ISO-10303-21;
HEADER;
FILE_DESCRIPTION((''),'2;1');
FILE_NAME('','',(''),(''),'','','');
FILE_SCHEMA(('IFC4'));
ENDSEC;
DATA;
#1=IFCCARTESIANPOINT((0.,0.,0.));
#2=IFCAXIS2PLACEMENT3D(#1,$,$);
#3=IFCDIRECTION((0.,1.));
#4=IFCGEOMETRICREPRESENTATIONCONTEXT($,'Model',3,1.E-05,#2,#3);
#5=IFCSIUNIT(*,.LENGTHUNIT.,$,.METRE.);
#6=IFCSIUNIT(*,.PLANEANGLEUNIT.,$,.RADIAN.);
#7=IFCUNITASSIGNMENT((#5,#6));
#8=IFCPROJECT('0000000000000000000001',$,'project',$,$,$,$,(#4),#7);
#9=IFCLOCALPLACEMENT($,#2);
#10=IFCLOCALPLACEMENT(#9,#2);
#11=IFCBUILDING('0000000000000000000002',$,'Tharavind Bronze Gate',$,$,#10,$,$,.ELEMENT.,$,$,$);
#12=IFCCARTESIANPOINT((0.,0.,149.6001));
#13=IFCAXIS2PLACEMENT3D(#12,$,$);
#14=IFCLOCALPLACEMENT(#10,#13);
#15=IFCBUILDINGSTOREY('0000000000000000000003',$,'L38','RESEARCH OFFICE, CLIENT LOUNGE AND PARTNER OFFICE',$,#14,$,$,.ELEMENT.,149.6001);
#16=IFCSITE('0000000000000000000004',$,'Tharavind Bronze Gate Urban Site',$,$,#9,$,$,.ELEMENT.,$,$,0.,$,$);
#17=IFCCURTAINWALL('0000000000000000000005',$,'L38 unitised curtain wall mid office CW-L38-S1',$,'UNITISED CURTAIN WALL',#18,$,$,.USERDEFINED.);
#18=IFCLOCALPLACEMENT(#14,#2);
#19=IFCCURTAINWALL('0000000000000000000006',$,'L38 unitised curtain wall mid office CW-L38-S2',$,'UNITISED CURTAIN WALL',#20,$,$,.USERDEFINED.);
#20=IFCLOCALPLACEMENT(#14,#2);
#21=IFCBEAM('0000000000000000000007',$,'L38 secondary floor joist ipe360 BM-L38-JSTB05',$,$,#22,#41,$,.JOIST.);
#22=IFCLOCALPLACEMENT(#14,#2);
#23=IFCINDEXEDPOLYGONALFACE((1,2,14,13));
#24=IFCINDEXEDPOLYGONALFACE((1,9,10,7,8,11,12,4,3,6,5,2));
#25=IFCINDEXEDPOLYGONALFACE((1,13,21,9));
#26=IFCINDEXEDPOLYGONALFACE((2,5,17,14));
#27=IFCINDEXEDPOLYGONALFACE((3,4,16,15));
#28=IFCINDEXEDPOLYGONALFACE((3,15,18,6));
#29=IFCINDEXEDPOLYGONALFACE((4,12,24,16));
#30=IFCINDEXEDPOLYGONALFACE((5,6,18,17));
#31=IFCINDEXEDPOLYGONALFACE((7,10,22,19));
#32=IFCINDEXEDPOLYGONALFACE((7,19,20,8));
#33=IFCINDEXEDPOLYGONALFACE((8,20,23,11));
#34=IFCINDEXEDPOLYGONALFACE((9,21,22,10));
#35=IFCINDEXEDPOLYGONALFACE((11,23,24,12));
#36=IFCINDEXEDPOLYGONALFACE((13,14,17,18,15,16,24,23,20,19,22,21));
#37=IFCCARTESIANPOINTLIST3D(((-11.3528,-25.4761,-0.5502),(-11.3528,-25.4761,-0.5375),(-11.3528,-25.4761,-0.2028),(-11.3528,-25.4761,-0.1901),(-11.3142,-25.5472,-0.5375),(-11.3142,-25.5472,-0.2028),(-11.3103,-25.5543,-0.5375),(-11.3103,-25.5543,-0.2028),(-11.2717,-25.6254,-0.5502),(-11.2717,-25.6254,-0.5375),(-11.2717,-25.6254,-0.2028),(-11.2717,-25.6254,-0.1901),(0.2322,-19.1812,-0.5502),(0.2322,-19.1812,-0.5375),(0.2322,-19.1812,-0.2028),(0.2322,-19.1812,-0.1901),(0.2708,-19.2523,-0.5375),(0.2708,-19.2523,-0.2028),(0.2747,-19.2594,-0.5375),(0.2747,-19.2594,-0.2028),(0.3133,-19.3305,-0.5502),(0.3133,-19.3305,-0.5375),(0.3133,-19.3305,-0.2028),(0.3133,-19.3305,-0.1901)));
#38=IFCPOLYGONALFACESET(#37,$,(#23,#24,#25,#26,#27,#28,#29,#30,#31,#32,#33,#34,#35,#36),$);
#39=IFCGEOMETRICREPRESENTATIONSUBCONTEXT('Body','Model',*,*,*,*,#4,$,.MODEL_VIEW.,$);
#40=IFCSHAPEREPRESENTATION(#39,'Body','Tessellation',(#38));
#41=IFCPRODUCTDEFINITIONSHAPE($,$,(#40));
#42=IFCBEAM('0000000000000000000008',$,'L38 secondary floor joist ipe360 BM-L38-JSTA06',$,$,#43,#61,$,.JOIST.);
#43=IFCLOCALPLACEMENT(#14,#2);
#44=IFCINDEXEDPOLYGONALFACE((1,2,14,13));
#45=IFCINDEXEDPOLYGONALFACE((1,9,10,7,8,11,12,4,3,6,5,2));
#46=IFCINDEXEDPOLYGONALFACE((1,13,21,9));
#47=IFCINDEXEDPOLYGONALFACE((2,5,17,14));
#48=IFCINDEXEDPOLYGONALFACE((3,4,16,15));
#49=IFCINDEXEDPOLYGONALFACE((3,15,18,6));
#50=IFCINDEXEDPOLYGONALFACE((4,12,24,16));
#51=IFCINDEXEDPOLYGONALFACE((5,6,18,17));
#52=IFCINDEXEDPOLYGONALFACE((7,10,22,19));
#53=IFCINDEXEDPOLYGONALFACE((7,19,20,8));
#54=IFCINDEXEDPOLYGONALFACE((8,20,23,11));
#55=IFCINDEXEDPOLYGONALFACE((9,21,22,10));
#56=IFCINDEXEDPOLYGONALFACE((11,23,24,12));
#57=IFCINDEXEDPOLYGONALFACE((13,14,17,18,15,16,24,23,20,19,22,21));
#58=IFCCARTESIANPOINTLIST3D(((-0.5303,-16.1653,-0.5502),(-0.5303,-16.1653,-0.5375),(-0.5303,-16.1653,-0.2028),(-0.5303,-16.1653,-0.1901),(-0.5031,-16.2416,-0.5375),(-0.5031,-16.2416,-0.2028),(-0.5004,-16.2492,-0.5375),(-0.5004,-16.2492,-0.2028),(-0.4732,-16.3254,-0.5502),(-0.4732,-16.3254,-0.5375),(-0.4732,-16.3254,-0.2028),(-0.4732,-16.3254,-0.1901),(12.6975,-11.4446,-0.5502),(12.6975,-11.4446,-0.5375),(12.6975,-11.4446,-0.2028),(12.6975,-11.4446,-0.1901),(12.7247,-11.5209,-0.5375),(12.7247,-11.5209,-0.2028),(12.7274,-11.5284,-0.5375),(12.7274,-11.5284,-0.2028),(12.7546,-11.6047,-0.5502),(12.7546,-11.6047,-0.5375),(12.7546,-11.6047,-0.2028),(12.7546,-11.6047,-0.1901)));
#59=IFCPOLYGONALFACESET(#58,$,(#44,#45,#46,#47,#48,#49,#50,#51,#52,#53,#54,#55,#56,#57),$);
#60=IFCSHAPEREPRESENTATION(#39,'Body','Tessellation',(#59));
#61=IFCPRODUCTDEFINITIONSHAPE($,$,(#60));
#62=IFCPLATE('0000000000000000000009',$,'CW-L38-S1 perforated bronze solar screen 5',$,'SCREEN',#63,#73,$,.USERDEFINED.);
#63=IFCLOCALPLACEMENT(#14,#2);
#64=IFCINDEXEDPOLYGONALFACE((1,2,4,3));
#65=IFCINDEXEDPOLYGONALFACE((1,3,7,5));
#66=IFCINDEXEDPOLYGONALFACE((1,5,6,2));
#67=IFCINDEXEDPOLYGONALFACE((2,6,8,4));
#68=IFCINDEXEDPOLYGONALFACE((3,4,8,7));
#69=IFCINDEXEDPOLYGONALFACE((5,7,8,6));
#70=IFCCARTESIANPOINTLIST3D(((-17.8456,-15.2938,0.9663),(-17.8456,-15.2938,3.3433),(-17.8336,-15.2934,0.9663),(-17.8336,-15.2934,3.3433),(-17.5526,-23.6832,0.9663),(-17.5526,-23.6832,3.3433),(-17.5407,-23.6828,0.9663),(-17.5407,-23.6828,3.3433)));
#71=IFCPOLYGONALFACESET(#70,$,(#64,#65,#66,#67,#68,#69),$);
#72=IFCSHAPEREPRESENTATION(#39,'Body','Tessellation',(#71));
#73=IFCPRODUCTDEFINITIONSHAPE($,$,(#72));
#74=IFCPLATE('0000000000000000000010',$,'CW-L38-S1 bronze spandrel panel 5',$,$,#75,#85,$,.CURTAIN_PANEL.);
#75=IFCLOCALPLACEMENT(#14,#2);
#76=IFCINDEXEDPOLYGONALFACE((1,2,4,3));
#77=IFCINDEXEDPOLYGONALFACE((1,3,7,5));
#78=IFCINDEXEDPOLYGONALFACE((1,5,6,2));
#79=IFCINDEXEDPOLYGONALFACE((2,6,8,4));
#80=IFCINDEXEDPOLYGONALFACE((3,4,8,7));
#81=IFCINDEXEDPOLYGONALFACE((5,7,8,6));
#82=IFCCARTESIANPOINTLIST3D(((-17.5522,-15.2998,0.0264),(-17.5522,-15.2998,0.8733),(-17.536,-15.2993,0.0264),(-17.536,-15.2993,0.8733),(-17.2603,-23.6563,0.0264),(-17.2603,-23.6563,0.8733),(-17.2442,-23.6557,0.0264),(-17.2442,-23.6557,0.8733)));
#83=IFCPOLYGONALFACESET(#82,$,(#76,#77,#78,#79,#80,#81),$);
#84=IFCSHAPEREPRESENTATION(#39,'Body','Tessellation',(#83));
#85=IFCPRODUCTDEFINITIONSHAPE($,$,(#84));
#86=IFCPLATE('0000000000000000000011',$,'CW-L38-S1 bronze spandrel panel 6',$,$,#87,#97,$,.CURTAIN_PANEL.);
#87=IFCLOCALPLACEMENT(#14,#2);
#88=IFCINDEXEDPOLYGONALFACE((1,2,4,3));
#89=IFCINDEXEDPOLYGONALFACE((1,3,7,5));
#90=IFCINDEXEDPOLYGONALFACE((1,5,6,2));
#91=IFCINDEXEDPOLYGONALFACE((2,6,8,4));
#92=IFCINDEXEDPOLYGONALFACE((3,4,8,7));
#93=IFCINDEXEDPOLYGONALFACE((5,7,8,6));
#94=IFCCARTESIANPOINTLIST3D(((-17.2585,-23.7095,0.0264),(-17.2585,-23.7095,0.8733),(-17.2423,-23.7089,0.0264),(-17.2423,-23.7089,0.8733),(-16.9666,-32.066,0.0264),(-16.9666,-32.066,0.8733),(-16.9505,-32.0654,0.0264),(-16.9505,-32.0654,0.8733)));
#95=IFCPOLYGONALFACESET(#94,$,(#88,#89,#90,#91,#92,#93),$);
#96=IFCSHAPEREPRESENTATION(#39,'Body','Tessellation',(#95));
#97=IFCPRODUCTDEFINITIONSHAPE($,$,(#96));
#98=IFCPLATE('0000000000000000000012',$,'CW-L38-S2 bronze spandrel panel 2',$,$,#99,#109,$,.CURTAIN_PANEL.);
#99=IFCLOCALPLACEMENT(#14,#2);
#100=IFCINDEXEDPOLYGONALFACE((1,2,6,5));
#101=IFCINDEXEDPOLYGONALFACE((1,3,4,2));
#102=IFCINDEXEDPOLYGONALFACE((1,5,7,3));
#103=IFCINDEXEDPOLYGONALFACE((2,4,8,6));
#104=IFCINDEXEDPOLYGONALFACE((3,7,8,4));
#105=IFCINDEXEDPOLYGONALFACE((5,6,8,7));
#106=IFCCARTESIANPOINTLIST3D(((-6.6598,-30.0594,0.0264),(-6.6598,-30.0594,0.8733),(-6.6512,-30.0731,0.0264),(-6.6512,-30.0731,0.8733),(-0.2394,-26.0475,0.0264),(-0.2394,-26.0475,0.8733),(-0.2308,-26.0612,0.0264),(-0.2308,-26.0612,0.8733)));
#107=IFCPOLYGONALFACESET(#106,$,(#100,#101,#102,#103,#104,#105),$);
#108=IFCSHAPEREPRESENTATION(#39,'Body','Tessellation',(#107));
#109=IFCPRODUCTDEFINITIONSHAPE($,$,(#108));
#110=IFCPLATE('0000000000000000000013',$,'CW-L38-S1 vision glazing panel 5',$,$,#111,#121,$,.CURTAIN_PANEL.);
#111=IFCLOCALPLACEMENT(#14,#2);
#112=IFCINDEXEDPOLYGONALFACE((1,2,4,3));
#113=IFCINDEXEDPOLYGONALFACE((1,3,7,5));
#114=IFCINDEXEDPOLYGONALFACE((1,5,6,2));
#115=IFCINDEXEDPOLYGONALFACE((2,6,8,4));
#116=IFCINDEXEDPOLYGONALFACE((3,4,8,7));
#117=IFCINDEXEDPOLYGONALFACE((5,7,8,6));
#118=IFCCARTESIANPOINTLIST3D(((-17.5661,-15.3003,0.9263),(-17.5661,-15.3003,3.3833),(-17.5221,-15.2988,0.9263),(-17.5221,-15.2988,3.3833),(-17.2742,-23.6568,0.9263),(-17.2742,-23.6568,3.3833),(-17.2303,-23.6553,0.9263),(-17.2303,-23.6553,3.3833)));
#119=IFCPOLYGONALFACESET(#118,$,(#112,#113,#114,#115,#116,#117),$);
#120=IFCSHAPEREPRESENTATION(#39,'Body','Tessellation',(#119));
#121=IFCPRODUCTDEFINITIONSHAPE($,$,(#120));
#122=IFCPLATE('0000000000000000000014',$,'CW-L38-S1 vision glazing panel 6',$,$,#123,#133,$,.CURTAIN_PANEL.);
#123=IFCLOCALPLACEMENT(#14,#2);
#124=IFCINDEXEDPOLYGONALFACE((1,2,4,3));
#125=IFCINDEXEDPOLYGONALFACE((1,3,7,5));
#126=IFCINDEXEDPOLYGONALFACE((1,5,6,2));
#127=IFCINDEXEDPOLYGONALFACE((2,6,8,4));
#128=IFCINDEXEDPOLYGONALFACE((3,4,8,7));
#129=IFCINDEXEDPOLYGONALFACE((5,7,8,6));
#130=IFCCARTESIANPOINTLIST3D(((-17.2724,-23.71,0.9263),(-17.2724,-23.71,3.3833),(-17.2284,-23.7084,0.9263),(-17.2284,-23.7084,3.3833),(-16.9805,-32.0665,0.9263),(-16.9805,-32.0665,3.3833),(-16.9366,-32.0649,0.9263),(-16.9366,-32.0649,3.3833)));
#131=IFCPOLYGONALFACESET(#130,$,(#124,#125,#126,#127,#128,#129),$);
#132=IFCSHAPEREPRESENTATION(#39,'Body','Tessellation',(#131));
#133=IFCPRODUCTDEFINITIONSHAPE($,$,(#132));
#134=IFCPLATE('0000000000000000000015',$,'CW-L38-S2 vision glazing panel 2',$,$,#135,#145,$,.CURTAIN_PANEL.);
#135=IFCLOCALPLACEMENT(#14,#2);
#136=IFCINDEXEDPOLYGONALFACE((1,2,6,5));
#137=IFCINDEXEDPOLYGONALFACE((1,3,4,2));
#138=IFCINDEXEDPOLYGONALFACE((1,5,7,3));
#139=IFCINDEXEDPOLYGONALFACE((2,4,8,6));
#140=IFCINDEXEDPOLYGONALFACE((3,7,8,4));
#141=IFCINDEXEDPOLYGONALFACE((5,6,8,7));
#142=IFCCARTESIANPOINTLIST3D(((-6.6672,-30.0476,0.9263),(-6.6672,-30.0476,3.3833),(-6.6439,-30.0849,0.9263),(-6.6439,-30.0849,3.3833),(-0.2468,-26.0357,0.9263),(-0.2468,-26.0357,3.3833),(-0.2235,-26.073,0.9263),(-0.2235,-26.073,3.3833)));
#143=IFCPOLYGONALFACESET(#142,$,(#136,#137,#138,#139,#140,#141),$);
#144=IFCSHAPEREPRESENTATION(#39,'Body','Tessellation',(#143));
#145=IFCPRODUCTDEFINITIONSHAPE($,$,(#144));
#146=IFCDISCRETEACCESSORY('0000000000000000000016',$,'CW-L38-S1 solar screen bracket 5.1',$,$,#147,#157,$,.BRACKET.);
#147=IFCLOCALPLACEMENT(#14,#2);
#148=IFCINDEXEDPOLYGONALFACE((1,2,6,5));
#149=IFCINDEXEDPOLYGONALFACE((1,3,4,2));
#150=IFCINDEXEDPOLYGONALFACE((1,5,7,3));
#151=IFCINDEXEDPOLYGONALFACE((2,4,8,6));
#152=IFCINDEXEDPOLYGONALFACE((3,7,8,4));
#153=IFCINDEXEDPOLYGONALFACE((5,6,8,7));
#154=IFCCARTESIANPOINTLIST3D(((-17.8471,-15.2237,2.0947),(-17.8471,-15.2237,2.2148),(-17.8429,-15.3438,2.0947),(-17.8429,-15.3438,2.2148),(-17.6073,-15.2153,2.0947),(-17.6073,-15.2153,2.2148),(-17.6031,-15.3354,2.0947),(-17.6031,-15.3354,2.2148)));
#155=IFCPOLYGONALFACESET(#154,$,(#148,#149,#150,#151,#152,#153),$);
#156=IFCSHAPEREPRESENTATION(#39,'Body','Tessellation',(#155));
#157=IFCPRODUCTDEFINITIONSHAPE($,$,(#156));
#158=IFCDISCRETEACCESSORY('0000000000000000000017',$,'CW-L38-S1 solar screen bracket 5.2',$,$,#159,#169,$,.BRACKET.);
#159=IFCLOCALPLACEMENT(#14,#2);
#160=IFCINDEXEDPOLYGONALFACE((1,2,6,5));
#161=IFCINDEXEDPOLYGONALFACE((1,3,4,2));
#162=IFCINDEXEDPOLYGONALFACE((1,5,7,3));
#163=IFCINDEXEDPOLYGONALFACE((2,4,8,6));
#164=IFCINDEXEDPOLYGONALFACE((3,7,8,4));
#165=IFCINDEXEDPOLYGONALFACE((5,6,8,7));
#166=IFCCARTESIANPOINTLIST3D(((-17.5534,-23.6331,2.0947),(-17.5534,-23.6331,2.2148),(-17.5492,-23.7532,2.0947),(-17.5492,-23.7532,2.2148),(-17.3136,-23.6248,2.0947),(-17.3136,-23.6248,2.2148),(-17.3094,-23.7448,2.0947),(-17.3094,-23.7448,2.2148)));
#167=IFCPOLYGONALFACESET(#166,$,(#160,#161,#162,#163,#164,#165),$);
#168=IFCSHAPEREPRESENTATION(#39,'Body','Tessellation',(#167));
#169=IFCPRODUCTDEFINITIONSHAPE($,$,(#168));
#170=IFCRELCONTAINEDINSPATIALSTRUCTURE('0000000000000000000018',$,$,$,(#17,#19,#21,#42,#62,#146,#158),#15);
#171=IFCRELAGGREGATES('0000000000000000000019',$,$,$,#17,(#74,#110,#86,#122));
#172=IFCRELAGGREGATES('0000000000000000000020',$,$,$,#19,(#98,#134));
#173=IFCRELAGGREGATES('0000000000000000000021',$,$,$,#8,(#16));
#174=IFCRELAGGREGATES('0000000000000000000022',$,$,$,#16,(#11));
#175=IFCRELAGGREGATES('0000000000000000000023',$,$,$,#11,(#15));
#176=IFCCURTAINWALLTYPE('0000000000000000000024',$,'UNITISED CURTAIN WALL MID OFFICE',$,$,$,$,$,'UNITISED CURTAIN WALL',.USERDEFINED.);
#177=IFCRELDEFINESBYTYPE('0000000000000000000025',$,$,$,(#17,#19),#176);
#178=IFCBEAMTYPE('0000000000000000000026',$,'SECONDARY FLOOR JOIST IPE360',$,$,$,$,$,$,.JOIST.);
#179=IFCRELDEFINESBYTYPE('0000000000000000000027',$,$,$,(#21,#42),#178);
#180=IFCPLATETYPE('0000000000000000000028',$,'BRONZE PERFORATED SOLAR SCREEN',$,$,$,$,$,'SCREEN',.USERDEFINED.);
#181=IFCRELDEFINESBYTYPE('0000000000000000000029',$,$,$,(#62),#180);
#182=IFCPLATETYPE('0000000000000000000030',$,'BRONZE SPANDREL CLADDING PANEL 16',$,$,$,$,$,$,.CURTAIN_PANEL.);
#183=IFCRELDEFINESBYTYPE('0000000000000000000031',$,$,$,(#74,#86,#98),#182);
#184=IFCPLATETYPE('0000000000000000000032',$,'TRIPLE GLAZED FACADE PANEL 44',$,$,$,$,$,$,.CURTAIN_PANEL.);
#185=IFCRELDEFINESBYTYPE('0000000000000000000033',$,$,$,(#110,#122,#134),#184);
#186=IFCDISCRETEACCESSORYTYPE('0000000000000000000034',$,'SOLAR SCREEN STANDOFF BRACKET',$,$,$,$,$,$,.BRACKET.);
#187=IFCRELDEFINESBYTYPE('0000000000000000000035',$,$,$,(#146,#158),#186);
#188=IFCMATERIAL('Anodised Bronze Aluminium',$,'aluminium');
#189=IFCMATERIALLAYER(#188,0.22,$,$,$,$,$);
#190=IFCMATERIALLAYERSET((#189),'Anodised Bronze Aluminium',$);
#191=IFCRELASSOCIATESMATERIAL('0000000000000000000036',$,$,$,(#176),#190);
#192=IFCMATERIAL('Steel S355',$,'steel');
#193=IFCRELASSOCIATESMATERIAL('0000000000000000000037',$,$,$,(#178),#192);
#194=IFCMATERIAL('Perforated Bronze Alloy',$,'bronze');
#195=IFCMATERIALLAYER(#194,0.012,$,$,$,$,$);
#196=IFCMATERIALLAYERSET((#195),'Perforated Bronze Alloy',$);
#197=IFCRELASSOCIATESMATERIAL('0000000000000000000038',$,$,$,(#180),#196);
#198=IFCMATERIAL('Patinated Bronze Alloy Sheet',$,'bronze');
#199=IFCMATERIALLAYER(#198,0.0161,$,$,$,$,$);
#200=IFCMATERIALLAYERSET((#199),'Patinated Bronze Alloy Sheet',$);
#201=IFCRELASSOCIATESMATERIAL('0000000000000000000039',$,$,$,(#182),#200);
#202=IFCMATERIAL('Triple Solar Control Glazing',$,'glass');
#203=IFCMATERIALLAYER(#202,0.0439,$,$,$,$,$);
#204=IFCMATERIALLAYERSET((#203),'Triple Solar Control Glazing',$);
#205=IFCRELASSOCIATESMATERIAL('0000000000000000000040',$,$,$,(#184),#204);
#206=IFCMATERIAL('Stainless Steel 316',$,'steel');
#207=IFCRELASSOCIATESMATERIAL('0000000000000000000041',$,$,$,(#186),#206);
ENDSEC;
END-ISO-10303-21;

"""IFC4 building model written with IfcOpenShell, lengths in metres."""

from ifc_helpers import new_model, si_unit, direction, frame, origin, origin_2d, place, context, subcontext, project, spatial, rectangle, i_section, extrude, material, layer, layer_set, material_profile, profile_set, type_object, element, aggregate, save


model = new_model("IFC4")

# Units and contexts
model_context = context("Model", 3, precision=1e-05, world=origin(), true_north=direction((0.0, 1.0)))
body_context = subcontext(model_context, "Body", "Model", "MODEL_VIEW")
ifc_project = project(units=[si_unit("LENGTHUNIT", "METRE"), si_unit("PLANEANGLEUNIT", "RADIAN")], contexts=[model_context])

# Site, building, storey
site_placement = place(None, origin())
site = spatial("IfcSite", under=ifc_project, at=site_placement, Name="Tharavind Bronze Gate Urban Site", CompositionType="ELEMENT", RefElevation=0.0)
building_placement = place(site_placement, origin())
building = spatial("IfcBuilding", under=site, at=building_placement, Name="Tharavind Bronze Gate", CompositionType="ELEMENT")
storey_placement = place(building_placement, frame((0.0, 0.0, 149.6001)))
storey = spatial("IfcBuildingStorey", under=building, at=storey_placement, Name="L38", Description="RESEARCH OFFICE, CLIENT LOUNGE AND PARTNER OFFICE", CompositionType="ELEMENT", Elevation=149.6001)

# Curtain wall
ifc_material_1 = material(Name="Anodised Bronze Aluminium", Category="aluminium")
ifc_layer_1 = layer(ifc_material_1, 0.22)
ifc_layer_set_1 = layer_set([ifc_layer_1], Name="Anodised Bronze Aluminium")
curtain_wall_type = type_object("IfcCurtainWallType", Name="UNITISED CURTAIN WALL MID OFFICE", ElementType="UNITISED CURTAIN WALL", PredefinedType="USERDEFINED", material=ifc_layer_set_1)
curtain_wall_1_placement = place(storey_placement, origin())
curtain_wall_1 = element("IfcCurtainWall", 1, at=curtain_wall_1_placement, inside=storey, type_object=curtain_wall_type, Name="L38 unitised curtain wall mid office CW-L38-S1", ObjectType="UNITISED CURTAIN WALL", PredefinedType="USERDEFINED")

# Curtain wall
curtain_wall_2_placement = place(storey_placement, origin())
curtain_wall_2 = element("IfcCurtainWall", 2, at=curtain_wall_2_placement, inside=storey, type_object=curtain_wall_type, Name="L38 unitised curtain wall mid office CW-L38-S2", ObjectType="UNITISED CURTAIN WALL", PredefinedType="USERDEFINED")

# Beams
ifc_material_2 = material(Name="Steel S355", Category="steel")
ifc_material_profile_1 = material_profile(ifc_material_2, i_section(OverallWidth=0.1699, OverallDepth=0.3601, WebThickness=0.0081, FlangeThickness=0.0127, at=origin_2d()), Name="IPE360")
ifc_profile_set_1 = profile_set([ifc_material_profile_1], Name="Steel S355")
beam_type_1 = type_object("IfcBeamType", Name="SECONDARY FLOOR JOIST IPE360", PredefinedType="JOIST", material=ifc_profile_set_1)
beam_1_placement = place(storey_placement, frame((-11.3123, -25.5508, -0.3701), z_axis=(0.878664, 0.47744, 0.0), x_axis=(-0.47744, 0.878664, 0.0)))
element("IfcBeam", 3, at=beam_1_placement, inside=storey, type_object=beam_type_1, Name="L38 secondary floor joist ipe360 BM-L38-JSTB05", PredefinedType="JOIST", context=body_context, shape_type="SweptSolid", body=[
    extrude(i_section(OverallWidth=0.1699, OverallDepth=0.3601, WebThickness=0.0081, FlangeThickness=0.0127, at=origin_2d()), origin(), (0.0, 0.0, 1.0), 13.1848),
])
beam_2_placement = place(storey_placement, frame((-0.5017, -16.2454, -0.3701), z_axis=(0.941821, 0.336115, 0.0), x_axis=(-0.336115, 0.941821, 0.0)))
element("IfcBeam", 4, at=beam_2_placement, inside=storey, type_object=beam_type_1, Name="L38 secondary floor joist ipe360 BM-L38-JSTA06", PredefinedType="JOIST", context=body_context, shape_type="SweptSolid", body=[
    extrude(i_section(OverallWidth=0.1699, OverallDepth=0.3601, WebThickness=0.0081, FlangeThickness=0.0127, at=origin_2d()), origin(), (0.0, 0.0, 1.0), 14.0449),
])

# Plates
ifc_material_3 = material(Name="Perforated Bronze Alloy", Category="bronze")
ifc_layer_2 = layer(ifc_material_3, 0.012)
ifc_layer_set_2 = layer_set([ifc_layer_2], Name="Perforated Bronze Alloy")
plate_type_1 = type_object("IfcPlateType", Name="BRONZE PERFORATED SOLAR SCREEN", ElementType="SCREEN", PredefinedType="USERDEFINED", material=ifc_layer_set_2)
plate_1_placement = place(storey_placement, frame((-17.6931, -19.4883, 0.9663), z_axis=(0.0, 0.0, 1.0), x_axis=(0.034899, -0.999391, 0.0)))
element("IfcPlate", 5, at=plate_1_placement, inside=storey, type_object=plate_type_1, Name="CW-L38-S1 perforated bronze solar screen 5", ObjectType="SCREEN", PredefinedType="USERDEFINED", context=body_context, shape_type="SweptSolid", body=[
    extrude(rectangle(XDim=8.3945, YDim=0.012, at=origin_2d()), origin(), (0.0, 0.0, 1.0), 2.377),
])
ifc_material_4 = material(Name="Patinated Bronze Alloy Sheet", Category="bronze")
ifc_layer_3 = layer(ifc_material_4, 0.0161)
ifc_layer_set_3 = layer_set([ifc_layer_3], Name="Patinated Bronze Alloy Sheet")
plate_type_2 = type_object("IfcPlateType", Name="BRONZE SPANDREL CLADDING PANEL 16", PredefinedType="CURTAIN_PANEL", material=ifc_layer_set_3)
plate_2_placement = place(storey_placement, frame((-17.3982, -19.4778, 0.0264), z_axis=(0.0, 0.0, 1.0), x_axis=(0.034899, -0.999391, 0.0)))
plate_2 = element("IfcPlate", 6, at=plate_2_placement, type_object=plate_type_2, Name="CW-L38-S1 bronze spandrel panel 5", PredefinedType="CURTAIN_PANEL", context=body_context, shape_type="SweptSolid", body=[
    extrude(rectangle(XDim=8.3616, YDim=0.0161, at=origin_2d()), origin(), (0.0, 0.0, 1.0), 0.8469),
])
plate_3_placement = place(storey_placement, frame((-17.1045, -27.8875, 0.0264), z_axis=(0.0, 0.0, 1.0), x_axis=(0.034899, -0.999391, 0.0)))
plate_3 = element("IfcPlate", 7, at=plate_3_placement, type_object=plate_type_2, Name="CW-L38-S1 bronze spandrel panel 6", PredefinedType="CURTAIN_PANEL", context=body_context, shape_type="SweptSolid", body=[
    extrude(rectangle(XDim=8.3616, YDim=0.0161, at=origin_2d()), origin(), (0.0, 0.0, 1.0), 0.8469),
])
plate_4_placement = place(storey_placement, frame((-3.4453, -28.0603, 0.0264), z_axis=(0.0, 0.0, 1.0), x_axis=(0.848048, 0.529919, 0.0)))
plate_4 = element("IfcPlate", 8, at=plate_4_placement, type_object=plate_type_2, Name="CW-L38-S2 bronze spandrel panel 2", PredefinedType="CURTAIN_PANEL", context=body_context, shape_type="SweptSolid", body=[
    extrude(rectangle(XDim=7.5708, YDim=0.0161, at=origin_2d()), origin(), (0.0, 0.0, 1.0), 0.8469),
])
ifc_material_5 = material(Name="Triple Solar Control Glazing", Category="glass")
ifc_layer_4 = layer(ifc_material_5, 0.0439)
ifc_layer_set_4 = layer_set([ifc_layer_4], Name="Triple Solar Control Glazing")
plate_type_3 = type_object("IfcPlateType", Name="TRIPLE GLAZED FACADE PANEL 44", PredefinedType="CURTAIN_PANEL", material=ifc_layer_set_4)
plate_5_placement = place(storey_placement, frame((-17.3982, -19.4778, 0.9263), z_axis=(0.0, 0.0, 1.0), x_axis=(0.034899, -0.999391, 0.0)))
plate_5 = element("IfcPlate", 9, at=plate_5_placement, type_object=plate_type_3, Name="CW-L38-S1 vision glazing panel 5", PredefinedType="CURTAIN_PANEL", context=body_context, shape_type="SweptSolid", body=[
    extrude(rectangle(XDim=8.3616, YDim=0.0439, at=origin_2d()), origin(), (0.0, 0.0, 1.0), 2.457),
])
plate_6_placement = place(storey_placement, frame((-17.1045, -27.8875, 0.9263), z_axis=(0.0, 0.0, 1.0), x_axis=(0.034899, -0.999391, 0.0)))
plate_6 = element("IfcPlate", 10, at=plate_6_placement, type_object=plate_type_3, Name="CW-L38-S1 vision glazing panel 6", PredefinedType="CURTAIN_PANEL", context=body_context, shape_type="SweptSolid", body=[
    extrude(rectangle(XDim=8.3616, YDim=0.0439, at=origin_2d()), origin(), (0.0, 0.0, 1.0), 2.457),
])
aggregate(curtain_wall_1, [plate_2, plate_5, plate_3, plate_6])
plate_7_placement = place(storey_placement, frame((-3.4453, -28.0603, 0.9263), z_axis=(0.0, 0.0, 1.0), x_axis=(0.848048, 0.529919, 0.0)))
plate_7 = element("IfcPlate", 11, at=plate_7_placement, type_object=plate_type_3, Name="CW-L38-S2 vision glazing panel 2", PredefinedType="CURTAIN_PANEL", context=body_context, shape_type="SweptSolid", body=[
    extrude(rectangle(XDim=7.5708, YDim=0.0439, at=origin_2d()), origin(), (0.0, 0.0, 1.0), 2.457),
])
aggregate(curtain_wall_2, [plate_4, plate_7])

# Discrete accessories
ifc_material_6 = material(Name="Stainless Steel 316", Category="steel")
discrete_accessory_type = type_object("IfcDiscreteAccessoryType", Name="SOLAR SCREEN STANDOFF BRACKET", PredefinedType="BRACKET", material=ifc_material_6)
for number, where, z_axis, x_axis, name in (
    (12, (-17.7251, -15.2795, 2.0947), (0.0, 0.0, 1.0), (0.034899, -0.999391, 0.0), "CW-L38-S1 solar screen bracket 5.1"),
    (13, (-17.4314, -23.689, 2.0947), (0.0, 0.0, 1.0), (0.034899, -0.999391, 0.0), "CW-L38-S1 solar screen bracket 5.2"),
):
    element("IfcDiscreteAccessory", number, at=place(storey_placement, frame(where, z_axis=z_axis, x_axis=x_axis)), inside=storey, type_object=discrete_accessory_type, Name=name, PredefinedType="BRACKET", context=body_context, shape_type="SweptSolid", body=[
        extrude(rectangle(XDim=0.1201, YDim=0.24, at=origin_2d()), origin(), (0.0, 0.0, 1.0), 0.1201),
    ])

save(model, "model.ifc")
